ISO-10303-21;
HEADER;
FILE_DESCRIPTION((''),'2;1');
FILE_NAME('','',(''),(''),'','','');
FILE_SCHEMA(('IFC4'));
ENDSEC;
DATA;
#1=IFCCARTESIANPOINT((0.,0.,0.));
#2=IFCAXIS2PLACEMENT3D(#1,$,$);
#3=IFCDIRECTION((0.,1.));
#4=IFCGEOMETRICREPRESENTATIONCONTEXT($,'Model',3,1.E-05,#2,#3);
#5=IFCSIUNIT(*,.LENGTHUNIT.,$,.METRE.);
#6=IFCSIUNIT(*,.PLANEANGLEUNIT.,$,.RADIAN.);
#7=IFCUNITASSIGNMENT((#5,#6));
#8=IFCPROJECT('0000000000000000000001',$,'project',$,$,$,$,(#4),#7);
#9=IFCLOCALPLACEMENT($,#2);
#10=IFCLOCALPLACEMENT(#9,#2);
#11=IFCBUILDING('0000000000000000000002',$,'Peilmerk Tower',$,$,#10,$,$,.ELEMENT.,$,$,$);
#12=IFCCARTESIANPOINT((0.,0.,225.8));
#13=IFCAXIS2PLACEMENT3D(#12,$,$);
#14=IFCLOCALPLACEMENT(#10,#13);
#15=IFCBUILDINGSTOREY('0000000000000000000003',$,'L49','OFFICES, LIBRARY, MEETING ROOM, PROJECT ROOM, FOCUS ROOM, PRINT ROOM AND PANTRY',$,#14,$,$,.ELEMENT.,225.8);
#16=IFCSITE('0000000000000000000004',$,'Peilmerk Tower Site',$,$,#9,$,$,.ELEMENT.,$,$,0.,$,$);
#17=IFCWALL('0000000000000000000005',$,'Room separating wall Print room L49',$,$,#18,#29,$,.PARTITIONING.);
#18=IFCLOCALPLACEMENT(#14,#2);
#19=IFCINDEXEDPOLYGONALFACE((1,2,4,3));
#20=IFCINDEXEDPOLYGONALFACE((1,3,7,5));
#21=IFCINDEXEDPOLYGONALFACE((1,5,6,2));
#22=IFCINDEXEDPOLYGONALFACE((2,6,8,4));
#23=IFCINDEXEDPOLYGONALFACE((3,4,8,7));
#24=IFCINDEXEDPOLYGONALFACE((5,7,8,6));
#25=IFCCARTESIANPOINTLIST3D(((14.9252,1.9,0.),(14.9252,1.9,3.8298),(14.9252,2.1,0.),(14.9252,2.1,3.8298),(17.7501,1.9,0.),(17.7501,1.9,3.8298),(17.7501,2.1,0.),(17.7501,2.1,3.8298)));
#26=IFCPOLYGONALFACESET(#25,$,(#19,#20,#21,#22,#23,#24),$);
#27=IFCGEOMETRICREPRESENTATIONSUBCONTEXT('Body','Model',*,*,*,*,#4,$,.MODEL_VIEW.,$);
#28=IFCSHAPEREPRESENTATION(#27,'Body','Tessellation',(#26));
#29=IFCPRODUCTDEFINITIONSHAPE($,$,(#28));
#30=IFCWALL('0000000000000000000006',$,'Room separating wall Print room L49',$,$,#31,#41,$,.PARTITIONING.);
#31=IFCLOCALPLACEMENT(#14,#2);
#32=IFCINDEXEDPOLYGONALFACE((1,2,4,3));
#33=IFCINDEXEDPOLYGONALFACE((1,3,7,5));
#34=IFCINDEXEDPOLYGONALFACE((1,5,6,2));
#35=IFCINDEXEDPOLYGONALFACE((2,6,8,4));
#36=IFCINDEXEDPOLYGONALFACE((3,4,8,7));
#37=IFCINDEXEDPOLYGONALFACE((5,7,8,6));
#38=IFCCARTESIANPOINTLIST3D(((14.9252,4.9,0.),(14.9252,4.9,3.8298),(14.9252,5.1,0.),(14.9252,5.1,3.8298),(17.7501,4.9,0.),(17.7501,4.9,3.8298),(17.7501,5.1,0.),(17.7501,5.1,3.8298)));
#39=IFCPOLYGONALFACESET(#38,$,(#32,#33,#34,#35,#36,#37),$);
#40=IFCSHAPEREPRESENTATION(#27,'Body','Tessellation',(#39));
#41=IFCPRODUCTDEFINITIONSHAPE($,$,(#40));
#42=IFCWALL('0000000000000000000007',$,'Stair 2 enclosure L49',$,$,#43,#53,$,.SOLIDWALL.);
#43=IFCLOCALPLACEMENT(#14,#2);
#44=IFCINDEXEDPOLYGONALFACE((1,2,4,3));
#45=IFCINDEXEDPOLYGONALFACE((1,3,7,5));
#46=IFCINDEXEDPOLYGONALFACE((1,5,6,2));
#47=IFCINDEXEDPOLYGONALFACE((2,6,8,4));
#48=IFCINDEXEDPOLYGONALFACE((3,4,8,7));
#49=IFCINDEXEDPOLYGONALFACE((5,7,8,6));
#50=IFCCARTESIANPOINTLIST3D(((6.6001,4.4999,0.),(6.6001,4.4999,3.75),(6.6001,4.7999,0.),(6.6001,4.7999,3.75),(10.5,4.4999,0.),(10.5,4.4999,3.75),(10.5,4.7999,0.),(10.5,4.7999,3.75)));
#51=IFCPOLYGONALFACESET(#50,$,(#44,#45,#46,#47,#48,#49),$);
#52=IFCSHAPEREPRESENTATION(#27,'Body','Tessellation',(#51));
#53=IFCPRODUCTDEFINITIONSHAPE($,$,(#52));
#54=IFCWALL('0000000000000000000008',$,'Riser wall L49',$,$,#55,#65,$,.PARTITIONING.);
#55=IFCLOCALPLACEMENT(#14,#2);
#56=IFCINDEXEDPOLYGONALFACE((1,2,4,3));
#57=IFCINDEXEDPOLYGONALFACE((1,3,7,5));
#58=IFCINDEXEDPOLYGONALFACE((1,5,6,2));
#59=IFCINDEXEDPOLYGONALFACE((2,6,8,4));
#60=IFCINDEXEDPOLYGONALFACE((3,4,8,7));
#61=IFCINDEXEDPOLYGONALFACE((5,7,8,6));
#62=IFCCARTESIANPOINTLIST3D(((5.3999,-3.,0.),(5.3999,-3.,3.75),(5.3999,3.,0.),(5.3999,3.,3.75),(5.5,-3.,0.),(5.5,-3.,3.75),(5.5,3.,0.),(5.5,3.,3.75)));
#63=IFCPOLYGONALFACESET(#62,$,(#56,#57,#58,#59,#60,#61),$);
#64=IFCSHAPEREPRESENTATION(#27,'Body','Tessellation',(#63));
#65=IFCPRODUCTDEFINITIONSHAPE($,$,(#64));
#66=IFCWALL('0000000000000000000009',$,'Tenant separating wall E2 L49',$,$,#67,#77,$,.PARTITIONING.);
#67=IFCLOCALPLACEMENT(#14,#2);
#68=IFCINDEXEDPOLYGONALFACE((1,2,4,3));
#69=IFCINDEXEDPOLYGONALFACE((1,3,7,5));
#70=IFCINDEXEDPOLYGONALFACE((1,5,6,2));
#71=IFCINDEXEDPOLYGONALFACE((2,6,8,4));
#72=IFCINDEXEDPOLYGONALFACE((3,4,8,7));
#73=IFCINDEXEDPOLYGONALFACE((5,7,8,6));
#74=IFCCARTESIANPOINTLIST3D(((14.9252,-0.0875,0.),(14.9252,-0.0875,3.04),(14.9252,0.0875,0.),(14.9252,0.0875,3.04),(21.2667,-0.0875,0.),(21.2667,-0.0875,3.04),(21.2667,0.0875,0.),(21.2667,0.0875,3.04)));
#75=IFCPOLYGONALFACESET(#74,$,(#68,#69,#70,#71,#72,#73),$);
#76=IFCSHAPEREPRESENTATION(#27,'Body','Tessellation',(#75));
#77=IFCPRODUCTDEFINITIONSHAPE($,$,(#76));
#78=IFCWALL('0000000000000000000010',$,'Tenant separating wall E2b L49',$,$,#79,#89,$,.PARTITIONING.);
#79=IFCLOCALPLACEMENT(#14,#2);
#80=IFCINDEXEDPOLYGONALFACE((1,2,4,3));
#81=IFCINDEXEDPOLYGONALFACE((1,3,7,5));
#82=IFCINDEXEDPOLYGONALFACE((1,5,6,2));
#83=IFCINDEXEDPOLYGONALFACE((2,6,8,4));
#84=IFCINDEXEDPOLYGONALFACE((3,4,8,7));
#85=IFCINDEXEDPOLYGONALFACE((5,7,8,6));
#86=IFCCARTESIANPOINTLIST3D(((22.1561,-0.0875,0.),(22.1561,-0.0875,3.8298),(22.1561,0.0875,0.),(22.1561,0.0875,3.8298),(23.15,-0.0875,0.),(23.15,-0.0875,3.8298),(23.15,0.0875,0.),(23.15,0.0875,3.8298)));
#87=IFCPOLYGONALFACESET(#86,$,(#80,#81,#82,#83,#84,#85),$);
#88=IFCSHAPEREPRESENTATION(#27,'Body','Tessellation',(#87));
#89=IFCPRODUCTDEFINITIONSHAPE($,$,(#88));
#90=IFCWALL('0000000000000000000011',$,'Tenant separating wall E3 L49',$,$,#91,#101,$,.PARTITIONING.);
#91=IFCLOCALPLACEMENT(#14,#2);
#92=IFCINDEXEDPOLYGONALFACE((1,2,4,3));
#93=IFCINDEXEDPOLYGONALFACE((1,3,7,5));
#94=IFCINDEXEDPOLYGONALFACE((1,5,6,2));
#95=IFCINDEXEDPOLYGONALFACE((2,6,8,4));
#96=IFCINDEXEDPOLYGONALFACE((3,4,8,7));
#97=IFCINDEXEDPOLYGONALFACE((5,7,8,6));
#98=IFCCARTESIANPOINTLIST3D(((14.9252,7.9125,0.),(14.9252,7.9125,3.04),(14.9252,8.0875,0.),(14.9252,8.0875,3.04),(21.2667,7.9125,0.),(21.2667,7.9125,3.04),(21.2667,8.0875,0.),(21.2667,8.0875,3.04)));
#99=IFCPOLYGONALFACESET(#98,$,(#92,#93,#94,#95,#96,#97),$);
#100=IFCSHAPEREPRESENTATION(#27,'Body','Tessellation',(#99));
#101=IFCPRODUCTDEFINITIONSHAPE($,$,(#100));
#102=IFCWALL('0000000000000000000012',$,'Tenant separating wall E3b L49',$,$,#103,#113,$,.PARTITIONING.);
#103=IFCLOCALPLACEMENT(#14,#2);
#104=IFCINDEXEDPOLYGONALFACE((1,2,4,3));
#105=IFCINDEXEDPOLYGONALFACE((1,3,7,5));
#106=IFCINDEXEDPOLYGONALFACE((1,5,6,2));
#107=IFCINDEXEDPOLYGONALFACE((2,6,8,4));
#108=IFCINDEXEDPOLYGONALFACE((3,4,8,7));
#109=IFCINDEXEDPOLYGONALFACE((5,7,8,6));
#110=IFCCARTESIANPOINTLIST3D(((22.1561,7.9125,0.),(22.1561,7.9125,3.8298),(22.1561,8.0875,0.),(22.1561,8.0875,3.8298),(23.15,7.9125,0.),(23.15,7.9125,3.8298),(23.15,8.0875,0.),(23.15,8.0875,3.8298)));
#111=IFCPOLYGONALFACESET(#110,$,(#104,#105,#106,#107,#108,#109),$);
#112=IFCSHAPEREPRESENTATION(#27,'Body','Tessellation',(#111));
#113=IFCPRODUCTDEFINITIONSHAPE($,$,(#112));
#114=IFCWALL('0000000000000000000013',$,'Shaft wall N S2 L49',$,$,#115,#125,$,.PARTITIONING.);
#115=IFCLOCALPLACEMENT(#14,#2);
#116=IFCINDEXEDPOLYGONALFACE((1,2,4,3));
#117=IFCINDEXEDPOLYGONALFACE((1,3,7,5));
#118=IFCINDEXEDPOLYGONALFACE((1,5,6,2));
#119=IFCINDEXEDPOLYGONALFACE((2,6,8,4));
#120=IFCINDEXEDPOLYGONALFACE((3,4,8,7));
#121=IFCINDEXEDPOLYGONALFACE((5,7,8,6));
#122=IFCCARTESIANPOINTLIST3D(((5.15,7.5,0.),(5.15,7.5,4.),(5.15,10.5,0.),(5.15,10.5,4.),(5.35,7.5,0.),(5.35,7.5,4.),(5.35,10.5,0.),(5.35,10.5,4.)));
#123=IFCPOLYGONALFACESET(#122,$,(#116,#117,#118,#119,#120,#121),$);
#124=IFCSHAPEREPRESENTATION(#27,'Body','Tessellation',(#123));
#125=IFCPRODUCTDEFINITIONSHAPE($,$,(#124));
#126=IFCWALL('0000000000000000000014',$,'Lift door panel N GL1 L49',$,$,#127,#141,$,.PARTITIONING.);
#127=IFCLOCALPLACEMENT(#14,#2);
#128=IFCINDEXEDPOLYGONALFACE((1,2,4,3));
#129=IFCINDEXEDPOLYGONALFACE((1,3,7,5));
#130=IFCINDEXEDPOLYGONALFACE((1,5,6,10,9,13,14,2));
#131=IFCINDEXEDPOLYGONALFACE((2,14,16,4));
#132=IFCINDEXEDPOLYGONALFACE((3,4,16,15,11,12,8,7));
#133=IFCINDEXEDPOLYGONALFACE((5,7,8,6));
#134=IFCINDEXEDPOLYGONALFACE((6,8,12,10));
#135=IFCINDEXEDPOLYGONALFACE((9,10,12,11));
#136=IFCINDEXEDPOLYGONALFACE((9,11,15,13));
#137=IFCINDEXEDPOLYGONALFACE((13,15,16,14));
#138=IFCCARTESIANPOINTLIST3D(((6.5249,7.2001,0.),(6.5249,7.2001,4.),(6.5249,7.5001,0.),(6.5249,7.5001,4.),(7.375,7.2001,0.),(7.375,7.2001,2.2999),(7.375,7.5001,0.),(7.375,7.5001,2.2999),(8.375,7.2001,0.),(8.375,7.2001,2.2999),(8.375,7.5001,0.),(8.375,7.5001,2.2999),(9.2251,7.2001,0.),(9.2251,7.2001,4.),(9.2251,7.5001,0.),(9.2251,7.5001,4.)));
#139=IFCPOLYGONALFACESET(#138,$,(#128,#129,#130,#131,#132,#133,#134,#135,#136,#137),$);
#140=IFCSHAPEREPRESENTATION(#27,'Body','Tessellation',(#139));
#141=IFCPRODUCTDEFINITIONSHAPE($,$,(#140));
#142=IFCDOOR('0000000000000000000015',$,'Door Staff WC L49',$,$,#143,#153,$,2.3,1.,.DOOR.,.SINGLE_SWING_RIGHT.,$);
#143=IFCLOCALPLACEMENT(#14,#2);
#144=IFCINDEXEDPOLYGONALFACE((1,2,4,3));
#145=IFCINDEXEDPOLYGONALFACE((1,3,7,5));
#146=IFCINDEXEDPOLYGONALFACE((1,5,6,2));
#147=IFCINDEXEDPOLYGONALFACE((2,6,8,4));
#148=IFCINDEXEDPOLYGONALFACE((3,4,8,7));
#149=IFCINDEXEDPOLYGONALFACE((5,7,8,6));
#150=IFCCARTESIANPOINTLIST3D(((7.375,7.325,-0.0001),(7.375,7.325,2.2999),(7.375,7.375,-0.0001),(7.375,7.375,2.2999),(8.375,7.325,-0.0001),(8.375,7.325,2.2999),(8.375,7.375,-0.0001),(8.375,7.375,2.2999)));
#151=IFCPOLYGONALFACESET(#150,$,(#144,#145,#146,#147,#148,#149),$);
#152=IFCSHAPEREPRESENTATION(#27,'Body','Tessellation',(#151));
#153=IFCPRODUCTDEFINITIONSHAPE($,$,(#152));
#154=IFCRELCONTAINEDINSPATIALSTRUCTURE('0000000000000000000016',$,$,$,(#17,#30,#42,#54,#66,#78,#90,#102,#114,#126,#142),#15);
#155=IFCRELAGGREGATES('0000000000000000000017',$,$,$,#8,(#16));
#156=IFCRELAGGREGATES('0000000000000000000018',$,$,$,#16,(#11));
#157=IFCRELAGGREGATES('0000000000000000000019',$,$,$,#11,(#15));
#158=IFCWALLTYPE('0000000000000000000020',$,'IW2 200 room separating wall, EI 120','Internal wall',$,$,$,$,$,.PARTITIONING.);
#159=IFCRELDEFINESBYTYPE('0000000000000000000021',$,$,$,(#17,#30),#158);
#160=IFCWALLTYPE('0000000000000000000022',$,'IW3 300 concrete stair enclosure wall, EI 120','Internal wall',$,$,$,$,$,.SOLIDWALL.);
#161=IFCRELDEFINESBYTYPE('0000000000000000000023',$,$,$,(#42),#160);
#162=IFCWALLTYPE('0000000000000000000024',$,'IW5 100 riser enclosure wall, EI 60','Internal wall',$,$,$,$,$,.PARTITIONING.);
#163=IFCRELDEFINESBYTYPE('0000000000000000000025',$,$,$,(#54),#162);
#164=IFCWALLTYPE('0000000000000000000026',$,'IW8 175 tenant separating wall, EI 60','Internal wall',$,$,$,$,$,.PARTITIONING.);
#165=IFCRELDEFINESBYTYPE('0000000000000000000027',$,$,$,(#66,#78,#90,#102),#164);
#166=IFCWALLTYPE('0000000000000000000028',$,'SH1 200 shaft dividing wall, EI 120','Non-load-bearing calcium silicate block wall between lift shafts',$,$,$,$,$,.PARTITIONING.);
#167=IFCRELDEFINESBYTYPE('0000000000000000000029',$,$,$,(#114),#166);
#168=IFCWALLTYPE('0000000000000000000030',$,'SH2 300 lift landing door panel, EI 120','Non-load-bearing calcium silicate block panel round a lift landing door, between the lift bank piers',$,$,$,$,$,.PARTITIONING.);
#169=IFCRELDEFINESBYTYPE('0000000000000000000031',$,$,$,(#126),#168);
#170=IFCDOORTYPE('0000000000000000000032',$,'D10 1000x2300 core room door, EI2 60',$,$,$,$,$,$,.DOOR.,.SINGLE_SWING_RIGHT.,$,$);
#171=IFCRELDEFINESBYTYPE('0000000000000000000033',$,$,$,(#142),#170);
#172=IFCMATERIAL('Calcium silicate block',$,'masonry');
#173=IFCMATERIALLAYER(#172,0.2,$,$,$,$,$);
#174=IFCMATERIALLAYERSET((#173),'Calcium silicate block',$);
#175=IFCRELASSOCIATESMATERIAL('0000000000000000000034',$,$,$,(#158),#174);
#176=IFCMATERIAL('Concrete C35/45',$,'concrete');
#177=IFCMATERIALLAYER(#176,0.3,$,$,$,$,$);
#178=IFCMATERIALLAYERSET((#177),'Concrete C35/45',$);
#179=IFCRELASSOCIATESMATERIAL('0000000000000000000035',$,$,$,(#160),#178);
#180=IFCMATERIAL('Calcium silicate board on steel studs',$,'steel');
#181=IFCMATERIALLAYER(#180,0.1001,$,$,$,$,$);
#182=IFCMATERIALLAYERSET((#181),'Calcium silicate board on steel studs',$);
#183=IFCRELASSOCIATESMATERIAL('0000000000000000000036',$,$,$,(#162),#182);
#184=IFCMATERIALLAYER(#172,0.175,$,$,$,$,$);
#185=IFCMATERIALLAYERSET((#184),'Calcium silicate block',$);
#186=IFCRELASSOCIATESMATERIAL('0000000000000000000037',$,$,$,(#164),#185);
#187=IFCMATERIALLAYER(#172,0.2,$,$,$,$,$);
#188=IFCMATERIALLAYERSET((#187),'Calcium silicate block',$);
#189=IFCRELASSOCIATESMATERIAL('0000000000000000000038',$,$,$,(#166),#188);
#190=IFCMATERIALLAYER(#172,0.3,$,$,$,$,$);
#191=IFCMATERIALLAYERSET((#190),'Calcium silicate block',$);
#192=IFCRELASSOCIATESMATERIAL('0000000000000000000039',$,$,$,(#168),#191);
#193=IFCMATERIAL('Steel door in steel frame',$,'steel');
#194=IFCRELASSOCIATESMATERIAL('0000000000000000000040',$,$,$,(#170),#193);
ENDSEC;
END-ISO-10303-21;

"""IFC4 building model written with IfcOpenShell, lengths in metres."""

from ifc_helpers import new_model, si_unit, direction, frame, frame_2d, origin, place, context, subcontext, project, spatial, rectangle, extrude, material, layer, layer_set, type_object, element, fill, save


model = new_model("IFC4")

# Units and contexts
model_context = context("Model", 3, precision=1e-05, world=origin(), true_north=direction((0.0, 1.0)))
body_context = subcontext(model_context, "Body", "Model", "MODEL_VIEW")
ifc_project = project(units=[si_unit("LENGTHUNIT", "METRE"), si_unit("PLANEANGLEUNIT", "RADIAN")], contexts=[model_context])

# Site, building, storey
site_placement = place(None, origin())
site = spatial("IfcSite", under=ifc_project, at=site_placement, Name="Peilmerk Tower Site", CompositionType="ELEMENT", RefElevation=0.0)
building_placement = place(site_placement, origin())
building = spatial("IfcBuilding", under=site, at=building_placement, Name="Peilmerk Tower", CompositionType="ELEMENT")
storey_placement = place(building_placement, frame((0.0, 0.0, 225.8)))
storey = spatial("IfcBuildingStorey", under=building, at=storey_placement, Name="L49", Description="OFFICES, LIBRARY, MEETING ROOM, PROJECT ROOM, FOCUS ROOM, PRINT ROOM AND PANTRY", CompositionType="ELEMENT", Elevation=225.8)

# Walls
ifc_material_1 = material(Name="Calcium silicate block", Category="masonry")
ifc_layer_1 = layer(ifc_material_1, 0.2)
ifc_layer_set_1 = layer_set([ifc_layer_1], Name="Calcium silicate block")
wall_type_1 = type_object("IfcWallType", Name="IW2 200 room separating wall, EI 120", Description="Internal wall", PredefinedType="PARTITIONING", material=ifc_layer_set_1)
for number, where, z_axis, x_axis, name in (
    (1, (14.925, 2.0, 0.0), (0.0, 0.0, 1.0), (1.0, 0.0, 0.0), "Room separating wall Print room L49"),
    (2, (14.925, 5.0, 0.0), (0.0, 0.0, 1.0), (1.0, 0.0, 0.0), "Room separating wall Print room L49"),
):
    element("IfcWall", number, at=place(storey_placement, frame(where, z_axis=z_axis, x_axis=x_axis)), inside=storey, type_object=wall_type_1, Name=name, PredefinedType="PARTITIONING", context=body_context, shape_type="SweptSolid", body=[
        extrude(rectangle(XDim=2.825, YDim=0.2, at=frame_2d((1.4126, 0.0))), origin(), (0.0, 0.0, 1.0), 3.8298),
    ])
ifc_material_2 = material(Name="Concrete C35/45", Category="concrete")
ifc_layer_2 = layer(ifc_material_2, 0.3)
ifc_layer_set_2 = layer_set([ifc_layer_2], Name="Concrete C35/45")
wall_type_2 = type_object("IfcWallType", Name="IW3 300 concrete stair enclosure wall, EI 120", Description="Internal wall", PredefinedType="SOLIDWALL", material=ifc_layer_set_2)
wall_1_placement = place(storey_placement, frame((6.6001, 4.6499, 0.0), z_axis=(0.0, 0.0, 1.0), x_axis=(1.0, 0.0, 0.0)))
element("IfcWall", 3, at=wall_1_placement, inside=storey, type_object=wall_type_2, Name="Stair 2 enclosure L49", PredefinedType="SOLIDWALL", context=body_context, shape_type="SweptSolid", body=[
    extrude(rectangle(XDim=3.8999, YDim=0.3, at=frame_2d((1.95, 0.0))), origin(), (0.0, 0.0, 1.0), 3.75),
])
ifc_material_3 = material(Name="Calcium silicate board on steel studs", Category="steel")
ifc_layer_3 = layer(ifc_material_3, 0.1001)
ifc_layer_set_3 = layer_set([ifc_layer_3], Name="Calcium silicate board on steel studs")
wall_type_3 = type_object("IfcWallType", Name="IW5 100 riser enclosure wall, EI 60", Description="Internal wall", PredefinedType="PARTITIONING", material=ifc_layer_set_3)
wall_2_placement = place(storey_placement, frame((5.45, 3.0, 0.0), z_axis=(0.0, 0.0, 1.0), x_axis=(0.0, -1.0, 0.0)))
element("IfcWall", 4, at=wall_2_placement, inside=storey, type_object=wall_type_3, Name="Riser wall L49", PredefinedType="PARTITIONING", context=body_context, shape_type="SweptSolid", body=[
    extrude(rectangle(XDim=6.0, YDim=0.1001, at=frame_2d((3.0, 0.0))), origin(), (0.0, 0.0, 1.0), 3.75),
])
ifc_layer_4 = layer(ifc_material_1, 0.175)
ifc_layer_set_4 = layer_set([ifc_layer_4], Name="Calcium silicate block")
wall_type_4 = type_object("IfcWallType", Name="IW8 175 tenant separating wall, EI 60", Description="Internal wall", PredefinedType="PARTITIONING", material=ifc_layer_set_4)
wall_3_placement = place(storey_placement, frame((14.925, 0.0, 0.0), z_axis=(0.0, 0.0, 1.0), x_axis=(1.0, 0.0, 0.0)))
element("IfcWall", 5, at=wall_3_placement, inside=storey, type_object=wall_type_4, Name="Tenant separating wall E2 L49", PredefinedType="PARTITIONING", context=body_context, shape_type="SweptSolid", body=[
    extrude(rectangle(XDim=6.3416, YDim=0.175, at=frame_2d((3.1709, 0.0))), origin(), (0.0, 0.0, 1.0), 3.04),
])
wall_4_placement = place(storey_placement, frame((22.156, 0.0, 0.0), z_axis=(0.0, 0.0, 1.0), x_axis=(1.0, 0.0, 0.0)))
element("IfcWall", 6, at=wall_4_placement, inside=storey, type_object=wall_type_4, Name="Tenant separating wall E2b L49", PredefinedType="PARTITIONING", context=body_context, shape_type="SweptSolid", body=[
    extrude(rectangle(XDim=0.9939, YDim=0.175, at=frame_2d((0.4971, 0.0))), origin(), (0.0, 0.0, 1.0), 3.8298),
])
wall_5_placement = place(storey_placement, frame((14.925, 8.0, 0.0), z_axis=(0.0, 0.0, 1.0), x_axis=(1.0, 0.0, 0.0)))
element("IfcWall", 7, at=wall_5_placement, inside=storey, type_object=wall_type_4, Name="Tenant separating wall E3 L49", PredefinedType="PARTITIONING", context=body_context, shape_type="SweptSolid", body=[
    extrude(rectangle(XDim=6.3416, YDim=0.175, at=frame_2d((3.1709, 0.0))), origin(), (0.0, 0.0, 1.0), 3.04),
])
wall_6_placement = place(storey_placement, frame((22.156, 8.0, 0.0), z_axis=(0.0, 0.0, 1.0), x_axis=(1.0, 0.0, 0.0)))
element("IfcWall", 8, at=wall_6_placement, inside=storey, type_object=wall_type_4, Name="Tenant separating wall E3b L49", PredefinedType="PARTITIONING", context=body_context, shape_type="SweptSolid", body=[
    extrude(rectangle(XDim=0.9939, YDim=0.175, at=frame_2d((0.4971, 0.0))), origin(), (0.0, 0.0, 1.0), 3.8298),
])
ifc_layer_5 = layer(ifc_material_1, 0.2)
ifc_layer_set_5 = layer_set([ifc_layer_5], Name="Calcium silicate block")
wall_type_5 = type_object("IfcWallType", Name="SH1 200 shaft dividing wall, EI 120", Description="Non-load-bearing calcium silicate block wall between lift shafts", PredefinedType="PARTITIONING", material=ifc_layer_set_5)
wall_7_placement = place(storey_placement, frame((5.25, 7.5, 0.0), z_axis=(0.0, 0.0, 1.0), x_axis=(0.0, 1.0, 0.0)))
element("IfcWall", 9, at=wall_7_placement, inside=storey, type_object=wall_type_5, Name="Shaft wall N S2 L49", PredefinedType="PARTITIONING", context=body_context, shape_type="SweptSolid", body=[
    extrude(rectangle(XDim=3.0, YDim=0.2, at=frame_2d((1.5, 0.0))), origin(), (0.0, 0.0, 1.0), 4.0),
])

# Wall, opening, door
ifc_layer_6 = layer(ifc_material_1, 0.3)
ifc_layer_set_6 = layer_set([ifc_layer_6], Name="Calcium silicate block")
wall_type_6 = type_object("IfcWallType", Name="SH2 300 lift landing door panel, EI 120", Description="Non-load-bearing calcium silicate block panel round a lift landing door, between the lift bank piers", PredefinedType="PARTITIONING", material=ifc_layer_set_6)
wall_8_placement = place(storey_placement, frame((6.5249, 7.3501, 0.0), z_axis=(0.0, 0.0, 1.0), x_axis=(1.0, 0.0, 0.0)))
wall_8 = element("IfcWall", 10, at=wall_8_placement, inside=storey, type_object=wall_type_6, Name="Lift door panel N GL1 L49", PredefinedType="PARTITIONING", context=body_context, shape_type="SweptSolid", body=[
    extrude(rectangle(XDim=2.7002, YDim=0.3, at=frame_2d((1.3501, 0.0))), origin(), (0.0, 0.0, 1.0), 4.0),
])
opening_1_placement = place(wall_8_placement, frame((0.8501, 0.0, 0.0)))
opening_1 = element("IfcOpeningElement", 11, at=opening_1_placement, cuts=wall_8, PredefinedType="OPENING", context=body_context, shape_type="SweptSolid", body=[
    extrude(rectangle(XDim=1.0, YDim=2.3, at=frame_2d((0.5, 1.1499))), frame((0.0, 0.1599, 0.0), z_axis=(0.0, -1.0, 0.0), x_axis=(1.0, 0.0, 0.0)), (0.0, 0.0, 1.0), 0.3201),
])
ifc_material_4 = material(Name="Steel door in steel frame", Category="steel")
door_type_1 = type_object("IfcDoorType", Name="D10 1000x2300 core room door, EI2 60", OperationType="SINGLE_SWING_RIGHT", PredefinedType="DOOR", material=ifc_material_4)
door_1_placement = place(opening_1_placement, origin())
door_1 = element("IfcDoor", 12, at=door_1_placement, inside=storey, type_object=door_type_1, Name="Door Staff WC L49", OperationType="SINGLE_SWING_RIGHT", OverallHeight=2.3, OverallWidth=1.0, PredefinedType="DOOR", context=body_context, shape_type="SweptSolid", body=[
    extrude(rectangle(XDim=1.0, YDim=2.3, at=frame_2d((0.5, 1.1499))), frame((0.0, 0.0249, 0.0), z_axis=(0.0, -1.0, 0.0), x_axis=(1.0, 0.0, 0.0)), (0.0, 0.0, 1.0), 0.05),
])
fill(opening_1, door_1)

save(model, "model.ifc")
